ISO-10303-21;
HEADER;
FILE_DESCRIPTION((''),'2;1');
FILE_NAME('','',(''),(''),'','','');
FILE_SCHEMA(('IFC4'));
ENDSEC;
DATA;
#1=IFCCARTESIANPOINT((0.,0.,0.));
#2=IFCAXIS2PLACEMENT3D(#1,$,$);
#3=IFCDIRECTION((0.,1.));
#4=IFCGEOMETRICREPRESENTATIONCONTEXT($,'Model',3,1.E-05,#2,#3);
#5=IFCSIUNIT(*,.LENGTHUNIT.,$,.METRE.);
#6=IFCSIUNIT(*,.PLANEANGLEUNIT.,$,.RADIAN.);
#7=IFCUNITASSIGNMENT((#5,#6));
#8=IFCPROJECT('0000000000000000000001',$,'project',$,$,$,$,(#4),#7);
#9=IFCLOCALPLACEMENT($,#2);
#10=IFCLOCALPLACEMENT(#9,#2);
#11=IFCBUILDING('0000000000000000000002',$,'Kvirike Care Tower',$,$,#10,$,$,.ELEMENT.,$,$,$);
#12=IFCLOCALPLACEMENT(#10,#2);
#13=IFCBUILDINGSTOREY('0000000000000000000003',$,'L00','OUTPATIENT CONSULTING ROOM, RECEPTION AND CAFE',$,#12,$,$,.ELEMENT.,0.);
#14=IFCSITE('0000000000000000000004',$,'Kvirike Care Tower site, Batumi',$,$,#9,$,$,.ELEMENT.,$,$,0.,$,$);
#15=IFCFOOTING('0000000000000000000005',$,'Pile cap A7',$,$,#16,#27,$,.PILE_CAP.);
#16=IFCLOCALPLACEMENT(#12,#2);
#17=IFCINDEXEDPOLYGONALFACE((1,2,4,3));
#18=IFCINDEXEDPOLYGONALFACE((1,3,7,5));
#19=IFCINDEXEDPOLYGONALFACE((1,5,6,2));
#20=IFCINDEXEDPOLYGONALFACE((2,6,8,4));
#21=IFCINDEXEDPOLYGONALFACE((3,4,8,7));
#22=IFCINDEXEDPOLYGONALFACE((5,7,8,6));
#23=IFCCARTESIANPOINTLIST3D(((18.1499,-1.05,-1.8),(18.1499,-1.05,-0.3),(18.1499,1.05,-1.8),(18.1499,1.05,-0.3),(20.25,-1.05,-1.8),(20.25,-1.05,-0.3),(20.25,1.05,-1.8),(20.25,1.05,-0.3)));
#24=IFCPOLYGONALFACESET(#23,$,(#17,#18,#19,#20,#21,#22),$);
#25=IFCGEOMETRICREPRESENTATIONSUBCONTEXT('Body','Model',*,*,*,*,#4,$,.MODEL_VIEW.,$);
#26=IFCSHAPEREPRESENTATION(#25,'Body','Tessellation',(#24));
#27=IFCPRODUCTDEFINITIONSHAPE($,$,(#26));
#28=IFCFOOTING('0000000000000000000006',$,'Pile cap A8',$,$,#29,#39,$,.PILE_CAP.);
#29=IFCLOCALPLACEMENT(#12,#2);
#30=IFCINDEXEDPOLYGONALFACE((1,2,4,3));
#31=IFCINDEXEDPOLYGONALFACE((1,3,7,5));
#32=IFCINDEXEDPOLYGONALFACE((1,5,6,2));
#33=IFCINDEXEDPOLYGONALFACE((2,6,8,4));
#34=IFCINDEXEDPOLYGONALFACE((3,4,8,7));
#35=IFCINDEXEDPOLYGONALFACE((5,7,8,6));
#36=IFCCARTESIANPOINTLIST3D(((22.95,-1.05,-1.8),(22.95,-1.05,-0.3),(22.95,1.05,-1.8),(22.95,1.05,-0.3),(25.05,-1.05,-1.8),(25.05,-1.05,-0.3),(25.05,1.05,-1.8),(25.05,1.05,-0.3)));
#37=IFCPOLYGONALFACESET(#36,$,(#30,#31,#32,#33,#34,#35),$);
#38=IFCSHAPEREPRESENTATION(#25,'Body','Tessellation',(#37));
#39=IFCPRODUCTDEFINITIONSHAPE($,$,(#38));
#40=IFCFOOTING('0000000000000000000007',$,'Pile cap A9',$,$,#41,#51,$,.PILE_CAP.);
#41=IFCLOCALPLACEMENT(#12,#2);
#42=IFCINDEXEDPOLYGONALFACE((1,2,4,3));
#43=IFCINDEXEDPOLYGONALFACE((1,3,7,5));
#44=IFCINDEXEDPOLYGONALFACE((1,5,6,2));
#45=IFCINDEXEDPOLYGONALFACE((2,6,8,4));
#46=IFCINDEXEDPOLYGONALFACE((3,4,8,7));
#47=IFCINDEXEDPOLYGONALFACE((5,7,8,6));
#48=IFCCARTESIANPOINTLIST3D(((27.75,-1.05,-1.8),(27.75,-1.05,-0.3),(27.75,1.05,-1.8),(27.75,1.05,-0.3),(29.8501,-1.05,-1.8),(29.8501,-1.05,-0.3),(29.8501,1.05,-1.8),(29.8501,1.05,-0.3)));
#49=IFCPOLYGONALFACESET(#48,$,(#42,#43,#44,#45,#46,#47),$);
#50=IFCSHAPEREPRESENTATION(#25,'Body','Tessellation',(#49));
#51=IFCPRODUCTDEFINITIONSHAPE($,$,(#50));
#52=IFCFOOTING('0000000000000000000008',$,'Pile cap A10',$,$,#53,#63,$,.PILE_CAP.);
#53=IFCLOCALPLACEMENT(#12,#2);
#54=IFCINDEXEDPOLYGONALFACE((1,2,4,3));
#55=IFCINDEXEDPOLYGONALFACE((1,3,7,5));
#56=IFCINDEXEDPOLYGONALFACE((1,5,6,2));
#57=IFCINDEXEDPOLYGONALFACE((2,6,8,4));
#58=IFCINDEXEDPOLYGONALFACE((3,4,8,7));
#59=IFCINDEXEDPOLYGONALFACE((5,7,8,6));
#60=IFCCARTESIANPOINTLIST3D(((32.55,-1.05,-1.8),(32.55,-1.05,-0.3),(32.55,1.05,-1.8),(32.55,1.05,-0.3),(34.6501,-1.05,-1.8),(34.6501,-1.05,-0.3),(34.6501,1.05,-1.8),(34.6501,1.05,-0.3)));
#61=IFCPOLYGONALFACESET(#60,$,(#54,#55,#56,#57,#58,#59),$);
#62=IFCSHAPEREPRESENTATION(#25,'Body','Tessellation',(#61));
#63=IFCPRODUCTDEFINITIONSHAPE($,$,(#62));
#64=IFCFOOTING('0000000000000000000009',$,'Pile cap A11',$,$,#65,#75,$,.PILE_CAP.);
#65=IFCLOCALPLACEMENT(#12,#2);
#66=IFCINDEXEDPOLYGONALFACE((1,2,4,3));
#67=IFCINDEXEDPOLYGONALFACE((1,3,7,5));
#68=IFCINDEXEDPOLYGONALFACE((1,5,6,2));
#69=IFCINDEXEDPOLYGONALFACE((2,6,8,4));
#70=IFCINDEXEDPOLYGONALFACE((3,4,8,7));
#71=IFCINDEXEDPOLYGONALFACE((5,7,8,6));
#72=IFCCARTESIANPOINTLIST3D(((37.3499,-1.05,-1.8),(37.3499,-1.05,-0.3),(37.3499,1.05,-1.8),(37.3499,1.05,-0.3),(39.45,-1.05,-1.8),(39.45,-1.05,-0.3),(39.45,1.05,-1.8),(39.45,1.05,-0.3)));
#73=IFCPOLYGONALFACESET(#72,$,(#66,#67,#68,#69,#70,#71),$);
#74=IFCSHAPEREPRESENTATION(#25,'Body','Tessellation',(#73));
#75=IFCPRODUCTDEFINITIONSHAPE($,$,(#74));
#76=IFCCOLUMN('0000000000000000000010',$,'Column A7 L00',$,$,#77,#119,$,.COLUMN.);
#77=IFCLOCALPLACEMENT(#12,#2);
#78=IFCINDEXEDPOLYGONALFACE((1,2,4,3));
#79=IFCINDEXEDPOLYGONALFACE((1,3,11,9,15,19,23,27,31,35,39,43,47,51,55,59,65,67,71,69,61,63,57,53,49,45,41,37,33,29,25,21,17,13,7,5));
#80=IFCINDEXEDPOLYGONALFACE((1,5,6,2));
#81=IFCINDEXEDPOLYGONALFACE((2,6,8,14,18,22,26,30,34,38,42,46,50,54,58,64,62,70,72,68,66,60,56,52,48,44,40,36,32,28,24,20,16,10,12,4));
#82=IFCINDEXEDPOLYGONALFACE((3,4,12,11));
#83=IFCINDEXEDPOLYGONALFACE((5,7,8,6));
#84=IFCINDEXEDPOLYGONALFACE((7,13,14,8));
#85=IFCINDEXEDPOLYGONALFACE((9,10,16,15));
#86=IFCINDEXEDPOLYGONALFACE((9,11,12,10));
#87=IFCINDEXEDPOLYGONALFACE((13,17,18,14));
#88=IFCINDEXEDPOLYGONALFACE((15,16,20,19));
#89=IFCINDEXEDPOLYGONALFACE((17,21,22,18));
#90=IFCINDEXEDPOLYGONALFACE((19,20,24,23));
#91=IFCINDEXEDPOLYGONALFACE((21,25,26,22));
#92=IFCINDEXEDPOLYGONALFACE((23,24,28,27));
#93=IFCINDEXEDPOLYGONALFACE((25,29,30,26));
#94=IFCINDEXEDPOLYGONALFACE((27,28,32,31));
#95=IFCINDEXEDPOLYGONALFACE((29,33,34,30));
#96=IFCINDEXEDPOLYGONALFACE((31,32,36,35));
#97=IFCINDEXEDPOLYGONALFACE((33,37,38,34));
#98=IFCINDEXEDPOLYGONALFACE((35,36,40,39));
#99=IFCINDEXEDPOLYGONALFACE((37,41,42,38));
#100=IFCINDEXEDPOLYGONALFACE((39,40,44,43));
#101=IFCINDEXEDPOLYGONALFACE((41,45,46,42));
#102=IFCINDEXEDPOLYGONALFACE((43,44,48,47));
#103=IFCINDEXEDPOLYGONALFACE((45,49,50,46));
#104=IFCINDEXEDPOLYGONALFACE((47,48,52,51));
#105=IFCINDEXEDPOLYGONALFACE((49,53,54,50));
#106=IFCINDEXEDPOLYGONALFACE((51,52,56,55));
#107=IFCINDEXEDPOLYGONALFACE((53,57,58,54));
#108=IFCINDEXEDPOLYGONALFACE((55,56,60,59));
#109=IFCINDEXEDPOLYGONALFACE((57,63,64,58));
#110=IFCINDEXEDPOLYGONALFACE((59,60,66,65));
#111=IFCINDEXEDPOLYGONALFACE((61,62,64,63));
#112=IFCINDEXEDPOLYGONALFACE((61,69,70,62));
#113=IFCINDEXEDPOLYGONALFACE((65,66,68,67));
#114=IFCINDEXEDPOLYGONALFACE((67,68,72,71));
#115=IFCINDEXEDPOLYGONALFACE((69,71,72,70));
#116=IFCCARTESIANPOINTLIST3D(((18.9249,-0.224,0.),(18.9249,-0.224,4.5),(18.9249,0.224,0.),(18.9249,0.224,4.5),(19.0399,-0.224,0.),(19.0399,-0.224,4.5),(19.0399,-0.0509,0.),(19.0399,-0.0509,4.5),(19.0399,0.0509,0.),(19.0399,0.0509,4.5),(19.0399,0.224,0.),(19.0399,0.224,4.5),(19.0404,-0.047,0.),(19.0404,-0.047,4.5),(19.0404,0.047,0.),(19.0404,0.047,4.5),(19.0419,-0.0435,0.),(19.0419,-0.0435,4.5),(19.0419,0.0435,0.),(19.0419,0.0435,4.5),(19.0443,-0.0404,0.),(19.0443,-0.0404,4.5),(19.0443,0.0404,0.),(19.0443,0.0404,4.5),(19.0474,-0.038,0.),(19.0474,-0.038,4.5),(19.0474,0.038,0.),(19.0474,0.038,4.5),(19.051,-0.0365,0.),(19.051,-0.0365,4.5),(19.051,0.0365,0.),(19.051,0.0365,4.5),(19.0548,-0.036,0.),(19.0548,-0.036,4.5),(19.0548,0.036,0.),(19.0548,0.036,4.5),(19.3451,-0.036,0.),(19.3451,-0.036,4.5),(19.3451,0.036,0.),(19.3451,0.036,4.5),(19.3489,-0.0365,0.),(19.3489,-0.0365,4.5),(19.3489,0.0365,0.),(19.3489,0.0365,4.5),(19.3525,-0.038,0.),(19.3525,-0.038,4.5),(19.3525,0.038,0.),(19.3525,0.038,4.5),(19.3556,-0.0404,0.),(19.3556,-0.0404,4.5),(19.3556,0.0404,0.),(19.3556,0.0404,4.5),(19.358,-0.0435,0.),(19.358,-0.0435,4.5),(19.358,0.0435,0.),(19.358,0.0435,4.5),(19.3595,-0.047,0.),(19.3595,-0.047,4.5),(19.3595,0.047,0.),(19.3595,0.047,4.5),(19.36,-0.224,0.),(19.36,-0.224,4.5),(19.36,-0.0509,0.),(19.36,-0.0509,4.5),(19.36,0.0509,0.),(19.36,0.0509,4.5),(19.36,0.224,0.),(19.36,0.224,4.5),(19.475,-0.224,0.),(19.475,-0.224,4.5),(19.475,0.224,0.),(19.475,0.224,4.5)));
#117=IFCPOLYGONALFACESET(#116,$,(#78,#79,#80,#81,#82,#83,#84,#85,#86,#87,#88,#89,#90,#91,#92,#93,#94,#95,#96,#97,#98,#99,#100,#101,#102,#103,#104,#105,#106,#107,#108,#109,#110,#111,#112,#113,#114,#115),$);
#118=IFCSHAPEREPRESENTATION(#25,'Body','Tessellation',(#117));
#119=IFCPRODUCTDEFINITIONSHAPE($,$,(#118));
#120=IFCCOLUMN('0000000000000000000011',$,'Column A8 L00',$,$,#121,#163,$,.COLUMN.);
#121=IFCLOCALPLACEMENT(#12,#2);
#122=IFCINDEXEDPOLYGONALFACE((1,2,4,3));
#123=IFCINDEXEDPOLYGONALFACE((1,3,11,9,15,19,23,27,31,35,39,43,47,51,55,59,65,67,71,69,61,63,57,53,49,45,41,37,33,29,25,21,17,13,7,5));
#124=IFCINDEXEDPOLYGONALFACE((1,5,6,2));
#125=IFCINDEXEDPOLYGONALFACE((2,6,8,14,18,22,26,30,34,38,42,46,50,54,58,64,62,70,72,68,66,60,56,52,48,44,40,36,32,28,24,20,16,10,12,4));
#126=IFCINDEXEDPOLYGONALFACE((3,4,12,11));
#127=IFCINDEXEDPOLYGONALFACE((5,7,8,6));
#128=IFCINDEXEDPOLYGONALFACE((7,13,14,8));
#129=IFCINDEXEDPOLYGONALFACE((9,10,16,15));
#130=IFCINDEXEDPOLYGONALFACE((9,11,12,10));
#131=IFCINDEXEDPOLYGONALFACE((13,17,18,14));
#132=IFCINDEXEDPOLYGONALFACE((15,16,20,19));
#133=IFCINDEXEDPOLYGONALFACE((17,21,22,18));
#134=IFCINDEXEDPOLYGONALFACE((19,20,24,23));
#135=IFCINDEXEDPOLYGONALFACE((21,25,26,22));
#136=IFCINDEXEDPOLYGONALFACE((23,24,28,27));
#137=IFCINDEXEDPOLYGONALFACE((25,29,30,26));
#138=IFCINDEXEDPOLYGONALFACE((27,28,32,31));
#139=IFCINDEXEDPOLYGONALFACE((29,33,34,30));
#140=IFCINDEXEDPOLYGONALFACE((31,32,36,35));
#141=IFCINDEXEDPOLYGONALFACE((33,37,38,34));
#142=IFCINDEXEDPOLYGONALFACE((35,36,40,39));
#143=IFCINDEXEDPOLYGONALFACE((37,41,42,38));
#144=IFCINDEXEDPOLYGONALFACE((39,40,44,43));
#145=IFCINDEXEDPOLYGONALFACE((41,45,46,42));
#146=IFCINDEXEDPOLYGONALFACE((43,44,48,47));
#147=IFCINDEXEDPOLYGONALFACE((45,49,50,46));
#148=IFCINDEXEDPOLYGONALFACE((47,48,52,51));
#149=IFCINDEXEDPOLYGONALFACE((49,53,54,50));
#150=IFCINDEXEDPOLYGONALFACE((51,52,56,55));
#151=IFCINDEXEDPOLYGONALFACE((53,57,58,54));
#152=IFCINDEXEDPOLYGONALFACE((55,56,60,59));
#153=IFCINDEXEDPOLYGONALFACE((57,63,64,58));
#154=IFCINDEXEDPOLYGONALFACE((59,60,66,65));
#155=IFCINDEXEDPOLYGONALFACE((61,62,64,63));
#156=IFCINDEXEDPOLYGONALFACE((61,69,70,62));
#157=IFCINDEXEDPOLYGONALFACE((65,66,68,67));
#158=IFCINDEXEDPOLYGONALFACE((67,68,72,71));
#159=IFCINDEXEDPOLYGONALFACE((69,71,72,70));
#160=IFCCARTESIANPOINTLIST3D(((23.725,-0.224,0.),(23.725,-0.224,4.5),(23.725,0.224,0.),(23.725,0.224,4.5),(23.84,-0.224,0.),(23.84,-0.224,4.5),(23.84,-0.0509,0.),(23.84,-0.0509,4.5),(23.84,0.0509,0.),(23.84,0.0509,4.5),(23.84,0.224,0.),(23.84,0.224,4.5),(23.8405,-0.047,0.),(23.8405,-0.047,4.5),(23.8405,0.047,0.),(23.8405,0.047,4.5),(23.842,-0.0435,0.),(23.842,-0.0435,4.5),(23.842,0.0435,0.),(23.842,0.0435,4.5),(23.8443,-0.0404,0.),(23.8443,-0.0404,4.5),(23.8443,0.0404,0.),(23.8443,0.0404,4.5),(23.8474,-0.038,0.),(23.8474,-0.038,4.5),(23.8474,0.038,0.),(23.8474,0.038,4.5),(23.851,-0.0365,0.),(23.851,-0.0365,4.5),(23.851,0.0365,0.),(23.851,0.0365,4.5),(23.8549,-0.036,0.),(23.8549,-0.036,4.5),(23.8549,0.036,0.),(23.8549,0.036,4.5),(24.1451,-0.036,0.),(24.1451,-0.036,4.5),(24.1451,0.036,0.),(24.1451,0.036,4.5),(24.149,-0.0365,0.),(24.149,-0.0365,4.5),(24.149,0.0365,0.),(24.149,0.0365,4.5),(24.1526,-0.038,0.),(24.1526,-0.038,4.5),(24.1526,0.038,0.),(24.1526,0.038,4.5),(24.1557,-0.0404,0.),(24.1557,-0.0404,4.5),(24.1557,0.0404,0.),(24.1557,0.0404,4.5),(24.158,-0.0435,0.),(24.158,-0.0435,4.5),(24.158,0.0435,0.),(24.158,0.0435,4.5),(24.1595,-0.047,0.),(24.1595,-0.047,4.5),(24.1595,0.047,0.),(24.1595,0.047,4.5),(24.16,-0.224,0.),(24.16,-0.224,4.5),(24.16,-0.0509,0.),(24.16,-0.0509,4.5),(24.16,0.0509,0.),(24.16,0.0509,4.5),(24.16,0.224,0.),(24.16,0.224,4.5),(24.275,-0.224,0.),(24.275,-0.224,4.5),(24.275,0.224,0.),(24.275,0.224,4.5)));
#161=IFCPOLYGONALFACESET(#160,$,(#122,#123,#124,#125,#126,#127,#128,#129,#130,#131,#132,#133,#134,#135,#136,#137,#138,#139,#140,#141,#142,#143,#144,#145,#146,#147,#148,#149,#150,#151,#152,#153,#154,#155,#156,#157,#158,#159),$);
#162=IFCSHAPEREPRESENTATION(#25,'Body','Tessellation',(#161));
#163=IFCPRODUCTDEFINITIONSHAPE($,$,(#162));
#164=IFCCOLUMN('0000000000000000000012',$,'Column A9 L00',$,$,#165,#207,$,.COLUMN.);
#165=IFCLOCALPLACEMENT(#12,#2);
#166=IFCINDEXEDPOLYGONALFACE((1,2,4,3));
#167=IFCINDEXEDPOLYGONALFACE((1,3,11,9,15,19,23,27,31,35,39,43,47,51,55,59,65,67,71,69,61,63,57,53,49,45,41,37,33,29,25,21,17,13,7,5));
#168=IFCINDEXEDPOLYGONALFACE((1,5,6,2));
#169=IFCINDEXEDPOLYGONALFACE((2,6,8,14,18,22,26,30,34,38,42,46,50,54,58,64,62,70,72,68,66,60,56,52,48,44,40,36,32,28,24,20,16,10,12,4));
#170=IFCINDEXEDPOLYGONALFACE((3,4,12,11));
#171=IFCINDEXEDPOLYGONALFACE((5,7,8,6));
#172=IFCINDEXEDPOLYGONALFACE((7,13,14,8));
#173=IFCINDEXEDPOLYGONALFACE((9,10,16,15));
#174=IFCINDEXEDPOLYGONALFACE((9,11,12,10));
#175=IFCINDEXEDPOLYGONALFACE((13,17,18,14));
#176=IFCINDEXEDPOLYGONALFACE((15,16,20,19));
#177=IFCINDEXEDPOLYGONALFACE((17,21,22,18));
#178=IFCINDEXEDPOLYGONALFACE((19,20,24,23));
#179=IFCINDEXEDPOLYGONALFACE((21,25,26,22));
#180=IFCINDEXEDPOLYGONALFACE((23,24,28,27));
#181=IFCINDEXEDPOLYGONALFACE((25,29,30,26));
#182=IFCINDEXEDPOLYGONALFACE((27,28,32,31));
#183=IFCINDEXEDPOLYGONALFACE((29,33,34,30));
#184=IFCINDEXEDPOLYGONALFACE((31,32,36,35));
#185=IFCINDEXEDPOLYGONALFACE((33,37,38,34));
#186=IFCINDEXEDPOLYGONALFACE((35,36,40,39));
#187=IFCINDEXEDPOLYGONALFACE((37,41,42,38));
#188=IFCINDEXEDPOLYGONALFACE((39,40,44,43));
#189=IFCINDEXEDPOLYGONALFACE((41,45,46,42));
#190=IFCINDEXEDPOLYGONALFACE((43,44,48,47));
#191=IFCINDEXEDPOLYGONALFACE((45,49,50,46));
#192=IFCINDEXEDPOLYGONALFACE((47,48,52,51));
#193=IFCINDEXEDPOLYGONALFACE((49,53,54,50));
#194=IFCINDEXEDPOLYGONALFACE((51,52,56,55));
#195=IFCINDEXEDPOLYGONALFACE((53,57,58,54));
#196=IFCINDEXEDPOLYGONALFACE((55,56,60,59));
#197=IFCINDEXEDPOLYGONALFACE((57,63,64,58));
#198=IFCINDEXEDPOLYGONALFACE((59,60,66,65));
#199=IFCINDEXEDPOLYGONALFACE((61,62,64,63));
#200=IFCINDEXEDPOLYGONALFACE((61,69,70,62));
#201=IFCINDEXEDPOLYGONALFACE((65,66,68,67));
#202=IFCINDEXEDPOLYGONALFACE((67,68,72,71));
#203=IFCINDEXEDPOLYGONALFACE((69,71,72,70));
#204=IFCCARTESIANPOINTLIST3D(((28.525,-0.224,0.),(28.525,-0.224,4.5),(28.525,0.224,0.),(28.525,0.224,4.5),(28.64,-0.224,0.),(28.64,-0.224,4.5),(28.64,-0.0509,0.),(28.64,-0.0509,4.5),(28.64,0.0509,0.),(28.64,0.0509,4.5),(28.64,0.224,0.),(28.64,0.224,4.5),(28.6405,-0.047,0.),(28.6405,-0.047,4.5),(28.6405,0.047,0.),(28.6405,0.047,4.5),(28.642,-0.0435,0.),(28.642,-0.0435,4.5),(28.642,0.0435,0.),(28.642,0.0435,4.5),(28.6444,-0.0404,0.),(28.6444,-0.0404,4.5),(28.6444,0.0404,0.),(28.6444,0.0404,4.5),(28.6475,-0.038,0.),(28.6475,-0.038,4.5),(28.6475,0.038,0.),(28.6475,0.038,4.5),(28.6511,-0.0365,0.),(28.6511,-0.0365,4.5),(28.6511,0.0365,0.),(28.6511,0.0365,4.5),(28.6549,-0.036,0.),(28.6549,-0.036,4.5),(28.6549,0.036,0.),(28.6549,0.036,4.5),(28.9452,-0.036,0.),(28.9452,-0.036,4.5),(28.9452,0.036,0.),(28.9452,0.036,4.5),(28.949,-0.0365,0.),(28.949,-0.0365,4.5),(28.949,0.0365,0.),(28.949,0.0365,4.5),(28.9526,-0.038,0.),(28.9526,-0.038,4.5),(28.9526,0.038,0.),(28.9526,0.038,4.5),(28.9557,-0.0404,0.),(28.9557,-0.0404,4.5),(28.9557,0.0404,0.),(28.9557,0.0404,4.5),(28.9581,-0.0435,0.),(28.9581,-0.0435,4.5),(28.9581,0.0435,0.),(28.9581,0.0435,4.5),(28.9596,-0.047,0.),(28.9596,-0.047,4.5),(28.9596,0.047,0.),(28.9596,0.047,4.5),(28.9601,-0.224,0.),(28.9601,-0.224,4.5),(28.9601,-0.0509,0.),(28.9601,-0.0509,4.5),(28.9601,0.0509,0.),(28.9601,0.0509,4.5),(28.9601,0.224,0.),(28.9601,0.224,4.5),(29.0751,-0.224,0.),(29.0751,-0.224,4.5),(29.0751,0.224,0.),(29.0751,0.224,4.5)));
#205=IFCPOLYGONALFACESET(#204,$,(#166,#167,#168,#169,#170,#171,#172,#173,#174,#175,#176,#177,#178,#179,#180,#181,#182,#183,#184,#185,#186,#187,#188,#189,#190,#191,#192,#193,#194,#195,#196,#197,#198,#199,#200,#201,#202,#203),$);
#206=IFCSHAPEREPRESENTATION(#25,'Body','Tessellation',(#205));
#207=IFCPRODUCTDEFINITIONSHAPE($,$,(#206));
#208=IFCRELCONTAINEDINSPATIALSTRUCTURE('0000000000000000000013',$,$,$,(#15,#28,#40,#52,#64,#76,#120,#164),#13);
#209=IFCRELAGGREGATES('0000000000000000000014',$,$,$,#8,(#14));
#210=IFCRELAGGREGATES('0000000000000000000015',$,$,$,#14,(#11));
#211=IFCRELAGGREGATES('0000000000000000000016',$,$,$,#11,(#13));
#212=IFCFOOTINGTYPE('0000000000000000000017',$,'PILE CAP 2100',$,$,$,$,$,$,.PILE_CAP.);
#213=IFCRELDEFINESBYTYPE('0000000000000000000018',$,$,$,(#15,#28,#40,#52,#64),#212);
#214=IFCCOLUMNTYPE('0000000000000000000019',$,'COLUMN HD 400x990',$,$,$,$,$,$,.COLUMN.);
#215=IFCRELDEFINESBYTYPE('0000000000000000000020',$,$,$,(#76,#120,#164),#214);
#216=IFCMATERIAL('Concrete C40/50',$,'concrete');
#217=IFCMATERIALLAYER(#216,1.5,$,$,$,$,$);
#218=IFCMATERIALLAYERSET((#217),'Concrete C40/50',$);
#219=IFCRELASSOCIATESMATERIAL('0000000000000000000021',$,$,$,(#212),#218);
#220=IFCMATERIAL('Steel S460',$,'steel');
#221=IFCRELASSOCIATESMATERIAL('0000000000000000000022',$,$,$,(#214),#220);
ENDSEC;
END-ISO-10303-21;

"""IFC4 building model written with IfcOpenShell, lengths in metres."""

from ifc_helpers import new_model, si_unit, direction, frame, origin, origin_2d, place, context, subcontext, project, spatial, rectangle, i_section, extrude, material, layer, layer_set, material_profile, profile_set, type_object, element, save


model = new_model("IFC4")

# Units and contexts
model_context = context("Model", 3, precision=1e-05, world=origin(), true_north=direction((0.0, 1.0)))
body_context = subcontext(model_context, "Body", "Model", "MODEL_VIEW")
ifc_project = project(units=[si_unit("LENGTHUNIT", "METRE"), si_unit("PLANEANGLEUNIT", "RADIAN")], contexts=[model_context])

# Site, building, storey
site_placement = place(None, origin())
site = spatial("IfcSite", under=ifc_project, at=site_placement, Name="Kvirike Care Tower site, Batumi", CompositionType="ELEMENT", RefElevation=0.0)
building_placement = place(site_placement, origin())
building = spatial("IfcBuilding", under=site, at=building_placement, Name="Kvirike Care Tower", CompositionType="ELEMENT")
storey_placement = place(building_placement, origin())
storey = spatial("IfcBuildingStorey", under=building, at=storey_placement, Name="L00", Description="OUTPATIENT CONSULTING ROOM, RECEPTION AND CAFE", CompositionType="ELEMENT", Elevation=0.0)

# Footings
ifc_material_1 = material(Name="Concrete C40/50", Category="concrete")
ifc_layer_1 = layer(ifc_material_1, 1.5)
ifc_layer_set_1 = layer_set([ifc_layer_1], Name="Concrete C40/50")
footing_type_1 = type_object("IfcFootingType", Name="PILE CAP 2100", PredefinedType="PILE_CAP", material=ifc_layer_set_1)
for number, where, z_axis, x_axis, name in (
    (1, (19.2, 0.0, -1.8), (0.0, 0.0, 1.0), (1.0, 0.0, 0.0), "Pile cap A7"),
    (2, (24.0, 0.0, -1.8), (0.0, 0.0, 1.0), (1.0, 0.0, 0.0), "Pile cap A8"),
    (3, (28.8, 0.0, -1.8), (0.0, 0.0, 1.0), (1.0, 0.0, 0.0), "Pile cap A9"),
    (4, (33.6001, 0.0, -1.8), (0.0, 0.0, 1.0), (1.0, 0.0, 0.0), "Pile cap A10"),
    (5, (38.3999, 0.0, -1.8), (0.0, 0.0, 1.0), (1.0, 0.0, 0.0), "Pile cap A11"),
):
    element("IfcFooting", number, at=place(storey_placement, frame(where, z_axis=z_axis, x_axis=x_axis)), inside=storey, type_object=footing_type_1, Name=name, PredefinedType="PILE_CAP", context=body_context, shape_type="SweptSolid", body=[
        extrude(rectangle(XDim=2.1001, YDim=2.1001, at=origin_2d()), origin(), (0.0, 0.0, 1.0), 1.5),
    ])

# Columns
ifc_material_2 = material(Name="Steel S460", Category="steel")
ifc_material_profile_1 = material_profile(ifc_material_2, i_section(OverallWidth=0.448, OverallDepth=0.55, WebThickness=0.072, FlangeThickness=0.115, FilletRadius=0.0149, at=origin_2d()), Name="HD 400x990")
ifc_profile_set_1 = profile_set([ifc_material_profile_1], Name="Steel S460")
column_type_1 = type_object("IfcColumnType", Name="COLUMN HD 400x990", PredefinedType="COLUMN", material=ifc_profile_set_1)
for number, where, z_axis, x_axis, name in (
    (6, (19.2, 0.0, 0.0), (0.0, 0.0, 1.0), (0.0, 1.0, 0.0), "Column A7 L00"),
    (7, (24.0, 0.0, 0.0), (0.0, 0.0, 1.0), (0.0, 1.0, 0.0), "Column A8 L00"),
    (8, (28.8, 0.0, 0.0), (0.0, 0.0, 1.0), (0.0, 1.0, 0.0), "Column A9 L00"),
):
    element("IfcColumn", number, at=place(storey_placement, frame(where, z_axis=z_axis, x_axis=x_axis)), inside=storey, type_object=column_type_1, Name=name, PredefinedType="COLUMN", context=body_context, shape_type="SweptSolid", body=[
        extrude(i_section(OverallWidth=0.448, OverallDepth=0.55, WebThickness=0.072, FlangeThickness=0.115, FilletRadius=0.0149, at=origin_2d()), origin(), (0.0, 0.0, 1.0), 4.5),
    ])

save(model, "model.ifc")
